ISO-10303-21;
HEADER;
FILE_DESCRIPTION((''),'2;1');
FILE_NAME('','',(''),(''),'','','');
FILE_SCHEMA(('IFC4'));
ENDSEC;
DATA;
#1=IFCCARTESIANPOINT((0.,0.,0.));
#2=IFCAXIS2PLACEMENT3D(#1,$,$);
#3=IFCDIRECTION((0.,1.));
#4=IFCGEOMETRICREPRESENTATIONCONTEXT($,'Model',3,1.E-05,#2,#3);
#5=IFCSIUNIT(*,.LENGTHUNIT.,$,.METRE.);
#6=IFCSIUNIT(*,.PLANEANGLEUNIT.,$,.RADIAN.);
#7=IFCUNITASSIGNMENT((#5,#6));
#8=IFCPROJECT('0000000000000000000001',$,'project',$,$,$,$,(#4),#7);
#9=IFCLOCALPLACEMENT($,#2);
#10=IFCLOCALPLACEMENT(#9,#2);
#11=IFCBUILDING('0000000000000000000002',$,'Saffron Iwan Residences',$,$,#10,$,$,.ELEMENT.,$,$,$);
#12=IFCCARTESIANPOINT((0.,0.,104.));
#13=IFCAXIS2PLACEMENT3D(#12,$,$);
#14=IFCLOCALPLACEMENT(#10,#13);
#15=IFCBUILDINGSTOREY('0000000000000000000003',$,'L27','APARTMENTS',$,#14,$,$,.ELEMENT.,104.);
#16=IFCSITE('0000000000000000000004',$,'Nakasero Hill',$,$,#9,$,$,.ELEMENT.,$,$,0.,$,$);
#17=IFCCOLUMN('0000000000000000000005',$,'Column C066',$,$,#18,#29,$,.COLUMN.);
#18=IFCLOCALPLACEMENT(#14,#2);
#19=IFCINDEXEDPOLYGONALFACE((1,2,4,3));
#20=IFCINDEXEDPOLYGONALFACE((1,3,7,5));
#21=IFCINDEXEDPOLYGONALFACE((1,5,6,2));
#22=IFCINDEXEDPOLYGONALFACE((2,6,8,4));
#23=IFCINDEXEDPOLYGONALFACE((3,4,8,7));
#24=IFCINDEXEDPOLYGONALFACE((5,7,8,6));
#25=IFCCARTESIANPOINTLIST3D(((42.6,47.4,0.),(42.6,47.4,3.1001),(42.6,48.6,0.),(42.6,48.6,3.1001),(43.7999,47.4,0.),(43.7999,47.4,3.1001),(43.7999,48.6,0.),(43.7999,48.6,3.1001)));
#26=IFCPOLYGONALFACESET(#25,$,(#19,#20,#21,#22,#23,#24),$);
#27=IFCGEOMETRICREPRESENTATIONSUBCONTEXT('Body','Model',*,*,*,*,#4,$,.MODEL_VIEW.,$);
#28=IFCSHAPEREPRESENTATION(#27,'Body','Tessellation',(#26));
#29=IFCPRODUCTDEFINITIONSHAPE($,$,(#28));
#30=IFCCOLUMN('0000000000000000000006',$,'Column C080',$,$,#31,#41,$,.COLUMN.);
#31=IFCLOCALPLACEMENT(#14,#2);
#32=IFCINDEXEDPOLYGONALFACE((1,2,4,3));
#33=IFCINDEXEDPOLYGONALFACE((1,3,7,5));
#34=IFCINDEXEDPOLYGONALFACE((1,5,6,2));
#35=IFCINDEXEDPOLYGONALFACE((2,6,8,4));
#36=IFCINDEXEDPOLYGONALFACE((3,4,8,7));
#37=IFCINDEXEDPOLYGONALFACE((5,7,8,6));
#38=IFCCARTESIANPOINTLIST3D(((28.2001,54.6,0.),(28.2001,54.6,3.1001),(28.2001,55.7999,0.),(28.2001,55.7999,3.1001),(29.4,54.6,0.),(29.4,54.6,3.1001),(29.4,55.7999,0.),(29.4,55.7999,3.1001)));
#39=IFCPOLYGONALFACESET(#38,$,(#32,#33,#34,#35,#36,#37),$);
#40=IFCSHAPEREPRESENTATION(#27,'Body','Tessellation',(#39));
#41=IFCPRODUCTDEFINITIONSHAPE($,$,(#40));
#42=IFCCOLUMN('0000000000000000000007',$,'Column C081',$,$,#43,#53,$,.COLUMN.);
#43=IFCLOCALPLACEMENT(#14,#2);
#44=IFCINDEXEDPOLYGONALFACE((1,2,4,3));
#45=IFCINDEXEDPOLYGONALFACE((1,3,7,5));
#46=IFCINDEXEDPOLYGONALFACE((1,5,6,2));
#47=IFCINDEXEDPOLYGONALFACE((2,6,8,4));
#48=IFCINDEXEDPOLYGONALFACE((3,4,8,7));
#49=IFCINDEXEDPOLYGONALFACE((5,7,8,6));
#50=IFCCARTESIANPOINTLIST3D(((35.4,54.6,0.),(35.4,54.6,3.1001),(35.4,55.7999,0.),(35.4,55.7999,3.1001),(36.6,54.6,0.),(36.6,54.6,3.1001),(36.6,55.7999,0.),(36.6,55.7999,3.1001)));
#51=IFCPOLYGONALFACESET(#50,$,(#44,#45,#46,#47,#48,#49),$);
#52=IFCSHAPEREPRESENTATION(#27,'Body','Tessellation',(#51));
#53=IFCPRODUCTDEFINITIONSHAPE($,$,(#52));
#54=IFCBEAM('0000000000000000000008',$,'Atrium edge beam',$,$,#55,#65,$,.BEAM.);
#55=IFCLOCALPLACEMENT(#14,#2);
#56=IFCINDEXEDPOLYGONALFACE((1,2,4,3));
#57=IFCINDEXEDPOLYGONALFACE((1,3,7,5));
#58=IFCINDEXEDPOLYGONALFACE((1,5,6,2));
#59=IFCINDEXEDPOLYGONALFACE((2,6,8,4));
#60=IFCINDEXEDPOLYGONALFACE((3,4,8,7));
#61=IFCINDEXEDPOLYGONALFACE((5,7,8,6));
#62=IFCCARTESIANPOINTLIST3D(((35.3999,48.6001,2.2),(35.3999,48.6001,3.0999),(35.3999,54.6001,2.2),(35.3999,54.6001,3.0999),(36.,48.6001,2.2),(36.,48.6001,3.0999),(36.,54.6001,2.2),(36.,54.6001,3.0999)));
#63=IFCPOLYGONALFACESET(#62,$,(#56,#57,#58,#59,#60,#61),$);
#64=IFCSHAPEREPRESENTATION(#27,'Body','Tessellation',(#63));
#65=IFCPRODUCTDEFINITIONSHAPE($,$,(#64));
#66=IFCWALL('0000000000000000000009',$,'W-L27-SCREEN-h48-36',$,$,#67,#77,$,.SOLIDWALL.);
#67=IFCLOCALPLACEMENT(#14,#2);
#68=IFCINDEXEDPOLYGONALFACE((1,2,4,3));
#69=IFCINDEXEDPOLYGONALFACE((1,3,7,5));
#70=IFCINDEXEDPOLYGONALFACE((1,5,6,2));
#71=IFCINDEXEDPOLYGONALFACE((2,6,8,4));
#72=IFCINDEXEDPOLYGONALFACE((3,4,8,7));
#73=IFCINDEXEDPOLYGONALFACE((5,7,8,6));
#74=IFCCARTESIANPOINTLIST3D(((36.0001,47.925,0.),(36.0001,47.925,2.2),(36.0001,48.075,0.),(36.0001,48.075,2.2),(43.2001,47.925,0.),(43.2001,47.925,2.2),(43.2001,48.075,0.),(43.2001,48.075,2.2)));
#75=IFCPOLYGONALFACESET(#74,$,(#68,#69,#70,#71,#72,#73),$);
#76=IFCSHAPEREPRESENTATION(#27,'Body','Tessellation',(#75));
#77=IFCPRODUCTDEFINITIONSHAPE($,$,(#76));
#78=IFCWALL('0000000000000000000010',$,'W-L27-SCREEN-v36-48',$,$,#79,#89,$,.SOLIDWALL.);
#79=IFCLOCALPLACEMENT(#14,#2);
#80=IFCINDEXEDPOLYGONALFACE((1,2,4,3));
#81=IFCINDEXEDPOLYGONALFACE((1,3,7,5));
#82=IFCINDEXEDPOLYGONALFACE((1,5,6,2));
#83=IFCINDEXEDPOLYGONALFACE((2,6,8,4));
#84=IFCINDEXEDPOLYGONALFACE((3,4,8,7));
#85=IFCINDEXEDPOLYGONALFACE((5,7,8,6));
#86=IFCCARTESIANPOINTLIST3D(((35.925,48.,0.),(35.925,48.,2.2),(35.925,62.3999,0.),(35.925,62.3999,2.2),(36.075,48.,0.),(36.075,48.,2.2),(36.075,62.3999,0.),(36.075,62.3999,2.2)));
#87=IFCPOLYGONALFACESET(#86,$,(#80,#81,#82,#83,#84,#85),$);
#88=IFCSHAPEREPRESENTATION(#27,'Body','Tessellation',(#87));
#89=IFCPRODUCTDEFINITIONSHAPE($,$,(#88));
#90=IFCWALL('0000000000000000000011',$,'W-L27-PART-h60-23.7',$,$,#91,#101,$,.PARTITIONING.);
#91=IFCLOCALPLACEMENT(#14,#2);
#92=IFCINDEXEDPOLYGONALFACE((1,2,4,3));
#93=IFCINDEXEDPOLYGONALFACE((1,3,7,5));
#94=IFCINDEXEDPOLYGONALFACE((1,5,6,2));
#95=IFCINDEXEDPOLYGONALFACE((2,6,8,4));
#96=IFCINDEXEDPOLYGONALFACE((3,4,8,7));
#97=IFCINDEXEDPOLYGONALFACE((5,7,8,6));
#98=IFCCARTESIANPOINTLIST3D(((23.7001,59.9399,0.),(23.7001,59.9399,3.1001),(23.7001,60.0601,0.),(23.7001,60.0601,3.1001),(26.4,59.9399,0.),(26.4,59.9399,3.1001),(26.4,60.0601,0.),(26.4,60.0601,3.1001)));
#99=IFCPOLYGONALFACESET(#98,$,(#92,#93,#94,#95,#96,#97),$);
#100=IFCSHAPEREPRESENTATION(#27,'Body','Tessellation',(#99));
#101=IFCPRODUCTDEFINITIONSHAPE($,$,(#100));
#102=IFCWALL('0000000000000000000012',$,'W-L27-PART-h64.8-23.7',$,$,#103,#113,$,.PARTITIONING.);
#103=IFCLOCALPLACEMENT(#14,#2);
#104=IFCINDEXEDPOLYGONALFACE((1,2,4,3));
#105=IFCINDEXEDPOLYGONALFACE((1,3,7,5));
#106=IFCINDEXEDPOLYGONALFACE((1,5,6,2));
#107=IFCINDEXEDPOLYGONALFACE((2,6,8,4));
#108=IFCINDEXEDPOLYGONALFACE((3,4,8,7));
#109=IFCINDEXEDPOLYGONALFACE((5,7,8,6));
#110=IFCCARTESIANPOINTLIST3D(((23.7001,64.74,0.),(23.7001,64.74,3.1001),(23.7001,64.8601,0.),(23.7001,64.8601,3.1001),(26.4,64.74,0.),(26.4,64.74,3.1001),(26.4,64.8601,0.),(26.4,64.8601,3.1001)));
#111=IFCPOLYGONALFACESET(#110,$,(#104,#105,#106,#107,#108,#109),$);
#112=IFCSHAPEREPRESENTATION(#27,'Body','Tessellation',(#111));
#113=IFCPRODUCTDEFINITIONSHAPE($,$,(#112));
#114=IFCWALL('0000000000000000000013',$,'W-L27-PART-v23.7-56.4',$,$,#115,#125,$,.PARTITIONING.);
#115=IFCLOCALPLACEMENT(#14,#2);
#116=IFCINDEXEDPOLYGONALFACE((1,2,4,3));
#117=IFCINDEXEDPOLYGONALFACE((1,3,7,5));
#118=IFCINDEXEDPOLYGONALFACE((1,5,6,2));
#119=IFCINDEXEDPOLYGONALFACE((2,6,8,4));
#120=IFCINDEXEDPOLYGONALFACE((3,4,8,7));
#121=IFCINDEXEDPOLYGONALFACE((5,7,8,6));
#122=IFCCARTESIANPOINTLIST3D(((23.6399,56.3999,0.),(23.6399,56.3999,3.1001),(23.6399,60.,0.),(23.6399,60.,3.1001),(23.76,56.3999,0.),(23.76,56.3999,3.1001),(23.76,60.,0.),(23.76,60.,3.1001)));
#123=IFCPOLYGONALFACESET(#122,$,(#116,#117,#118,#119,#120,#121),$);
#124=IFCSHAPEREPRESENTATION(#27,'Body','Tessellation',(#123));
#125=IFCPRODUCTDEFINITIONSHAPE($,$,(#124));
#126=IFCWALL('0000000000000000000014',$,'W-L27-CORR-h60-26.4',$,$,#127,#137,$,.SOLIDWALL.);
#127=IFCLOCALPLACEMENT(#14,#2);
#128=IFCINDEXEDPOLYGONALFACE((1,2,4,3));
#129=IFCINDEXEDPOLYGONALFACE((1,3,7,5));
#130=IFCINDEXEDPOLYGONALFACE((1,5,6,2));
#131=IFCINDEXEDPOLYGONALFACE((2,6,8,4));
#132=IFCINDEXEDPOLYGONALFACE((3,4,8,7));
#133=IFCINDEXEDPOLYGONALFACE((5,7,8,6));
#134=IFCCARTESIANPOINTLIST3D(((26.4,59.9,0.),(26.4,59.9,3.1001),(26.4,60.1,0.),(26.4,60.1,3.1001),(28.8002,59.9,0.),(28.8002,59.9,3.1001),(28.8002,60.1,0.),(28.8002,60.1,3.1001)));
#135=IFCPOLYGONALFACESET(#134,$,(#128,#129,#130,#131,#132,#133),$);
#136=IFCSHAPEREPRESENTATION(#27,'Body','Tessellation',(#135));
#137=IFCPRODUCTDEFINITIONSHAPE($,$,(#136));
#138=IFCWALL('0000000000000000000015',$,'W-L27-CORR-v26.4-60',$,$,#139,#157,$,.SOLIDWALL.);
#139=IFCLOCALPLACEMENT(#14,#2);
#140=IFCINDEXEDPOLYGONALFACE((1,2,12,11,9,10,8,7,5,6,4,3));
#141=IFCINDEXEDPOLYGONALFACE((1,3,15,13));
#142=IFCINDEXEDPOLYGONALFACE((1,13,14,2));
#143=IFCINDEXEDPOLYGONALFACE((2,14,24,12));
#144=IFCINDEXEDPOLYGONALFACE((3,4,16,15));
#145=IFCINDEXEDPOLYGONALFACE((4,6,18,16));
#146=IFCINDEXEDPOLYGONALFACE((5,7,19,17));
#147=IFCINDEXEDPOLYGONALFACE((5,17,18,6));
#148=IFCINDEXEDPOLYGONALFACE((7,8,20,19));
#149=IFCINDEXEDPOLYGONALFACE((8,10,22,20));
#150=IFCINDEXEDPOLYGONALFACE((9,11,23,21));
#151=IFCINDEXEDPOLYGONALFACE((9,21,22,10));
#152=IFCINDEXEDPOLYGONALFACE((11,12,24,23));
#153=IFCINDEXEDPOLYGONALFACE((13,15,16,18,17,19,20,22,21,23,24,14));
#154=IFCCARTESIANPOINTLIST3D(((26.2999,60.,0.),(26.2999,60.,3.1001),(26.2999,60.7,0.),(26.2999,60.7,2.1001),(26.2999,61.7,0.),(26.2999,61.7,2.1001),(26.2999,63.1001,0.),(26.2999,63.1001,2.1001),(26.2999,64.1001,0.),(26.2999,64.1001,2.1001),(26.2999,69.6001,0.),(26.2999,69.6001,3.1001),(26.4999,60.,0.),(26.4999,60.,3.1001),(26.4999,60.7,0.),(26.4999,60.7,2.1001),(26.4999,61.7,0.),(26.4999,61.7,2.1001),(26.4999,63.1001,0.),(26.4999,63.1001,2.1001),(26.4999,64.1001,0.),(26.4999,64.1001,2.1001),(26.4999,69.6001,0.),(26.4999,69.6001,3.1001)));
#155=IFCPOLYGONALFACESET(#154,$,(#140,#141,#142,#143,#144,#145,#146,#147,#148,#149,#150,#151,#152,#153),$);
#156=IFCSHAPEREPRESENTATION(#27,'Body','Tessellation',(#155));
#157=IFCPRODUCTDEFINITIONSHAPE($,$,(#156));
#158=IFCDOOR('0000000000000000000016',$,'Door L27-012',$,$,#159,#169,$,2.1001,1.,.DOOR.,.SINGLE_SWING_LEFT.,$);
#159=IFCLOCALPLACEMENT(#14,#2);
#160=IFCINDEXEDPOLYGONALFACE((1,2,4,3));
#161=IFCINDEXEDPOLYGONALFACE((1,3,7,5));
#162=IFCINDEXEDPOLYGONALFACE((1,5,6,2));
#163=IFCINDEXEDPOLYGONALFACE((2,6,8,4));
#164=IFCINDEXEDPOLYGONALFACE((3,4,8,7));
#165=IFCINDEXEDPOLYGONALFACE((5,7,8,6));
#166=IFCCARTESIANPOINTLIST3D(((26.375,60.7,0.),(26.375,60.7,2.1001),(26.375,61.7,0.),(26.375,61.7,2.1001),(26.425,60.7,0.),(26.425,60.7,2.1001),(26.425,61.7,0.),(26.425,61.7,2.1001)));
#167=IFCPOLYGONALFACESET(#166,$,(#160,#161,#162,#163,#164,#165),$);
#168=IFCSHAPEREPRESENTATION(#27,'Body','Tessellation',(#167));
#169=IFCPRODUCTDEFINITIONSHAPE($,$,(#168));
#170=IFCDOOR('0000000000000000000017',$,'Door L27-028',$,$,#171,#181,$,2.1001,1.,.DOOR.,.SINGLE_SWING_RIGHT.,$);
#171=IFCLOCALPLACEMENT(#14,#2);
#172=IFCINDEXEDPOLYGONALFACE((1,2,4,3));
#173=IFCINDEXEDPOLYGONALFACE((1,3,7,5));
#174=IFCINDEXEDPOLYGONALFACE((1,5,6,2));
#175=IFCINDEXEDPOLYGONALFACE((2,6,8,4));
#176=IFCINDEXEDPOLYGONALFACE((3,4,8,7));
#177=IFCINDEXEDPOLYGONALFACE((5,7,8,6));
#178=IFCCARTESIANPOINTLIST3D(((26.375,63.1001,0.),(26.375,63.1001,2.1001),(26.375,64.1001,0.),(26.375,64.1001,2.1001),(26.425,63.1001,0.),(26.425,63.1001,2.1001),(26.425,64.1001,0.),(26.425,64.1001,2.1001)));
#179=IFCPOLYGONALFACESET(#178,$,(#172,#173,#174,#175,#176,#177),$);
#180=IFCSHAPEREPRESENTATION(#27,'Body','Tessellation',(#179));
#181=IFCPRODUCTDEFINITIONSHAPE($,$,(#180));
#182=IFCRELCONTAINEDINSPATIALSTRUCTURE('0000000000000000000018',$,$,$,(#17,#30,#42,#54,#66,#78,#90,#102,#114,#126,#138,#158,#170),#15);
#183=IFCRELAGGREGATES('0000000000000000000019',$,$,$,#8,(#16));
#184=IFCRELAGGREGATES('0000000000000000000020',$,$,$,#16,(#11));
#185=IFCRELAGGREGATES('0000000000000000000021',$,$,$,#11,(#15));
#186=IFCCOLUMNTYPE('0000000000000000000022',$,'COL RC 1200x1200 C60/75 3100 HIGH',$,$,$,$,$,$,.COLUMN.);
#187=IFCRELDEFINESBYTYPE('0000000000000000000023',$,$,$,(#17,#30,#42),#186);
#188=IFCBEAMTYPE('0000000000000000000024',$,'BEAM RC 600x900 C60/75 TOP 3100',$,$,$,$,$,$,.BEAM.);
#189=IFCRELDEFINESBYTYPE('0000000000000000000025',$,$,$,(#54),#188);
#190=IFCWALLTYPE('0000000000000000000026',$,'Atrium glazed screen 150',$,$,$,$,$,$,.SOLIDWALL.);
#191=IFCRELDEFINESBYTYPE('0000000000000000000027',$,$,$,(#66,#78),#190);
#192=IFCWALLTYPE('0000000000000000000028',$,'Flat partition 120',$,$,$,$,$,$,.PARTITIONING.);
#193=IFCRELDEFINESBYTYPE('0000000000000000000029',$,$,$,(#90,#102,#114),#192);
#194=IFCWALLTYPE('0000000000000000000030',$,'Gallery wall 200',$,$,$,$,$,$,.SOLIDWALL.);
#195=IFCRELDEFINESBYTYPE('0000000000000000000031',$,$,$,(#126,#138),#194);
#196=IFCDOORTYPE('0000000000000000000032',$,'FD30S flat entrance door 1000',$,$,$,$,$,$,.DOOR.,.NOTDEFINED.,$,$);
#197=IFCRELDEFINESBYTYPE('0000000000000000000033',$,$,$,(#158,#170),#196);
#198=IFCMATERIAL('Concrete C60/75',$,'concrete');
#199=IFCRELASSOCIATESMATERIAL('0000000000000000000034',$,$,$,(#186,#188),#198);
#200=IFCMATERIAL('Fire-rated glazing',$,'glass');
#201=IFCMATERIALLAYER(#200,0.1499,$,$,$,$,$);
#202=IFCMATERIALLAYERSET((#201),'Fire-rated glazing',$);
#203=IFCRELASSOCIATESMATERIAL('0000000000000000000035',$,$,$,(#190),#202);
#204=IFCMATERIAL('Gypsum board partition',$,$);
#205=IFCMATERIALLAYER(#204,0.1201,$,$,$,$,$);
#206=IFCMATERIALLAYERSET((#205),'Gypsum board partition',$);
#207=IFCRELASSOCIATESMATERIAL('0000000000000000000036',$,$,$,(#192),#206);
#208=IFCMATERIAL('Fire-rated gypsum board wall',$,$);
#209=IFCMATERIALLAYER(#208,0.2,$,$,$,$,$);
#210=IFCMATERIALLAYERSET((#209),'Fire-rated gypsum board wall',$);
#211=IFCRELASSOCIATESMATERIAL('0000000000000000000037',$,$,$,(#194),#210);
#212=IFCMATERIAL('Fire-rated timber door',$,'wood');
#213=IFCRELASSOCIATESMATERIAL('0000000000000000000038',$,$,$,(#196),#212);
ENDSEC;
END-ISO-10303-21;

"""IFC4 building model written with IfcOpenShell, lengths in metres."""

from ifc_helpers import new_model, si_unit, direction, frame, frame_2d, origin, origin_2d, place, context, subcontext, project, spatial, rectangle, extrude, source, transform, mapped, material, layer, layer_set, material_profile, profile_set, type_object, element, fill, save


model = new_model("IFC4")

# Units and contexts
model_context = context("Model", 3, precision=1e-05, world=origin(), true_north=direction((0.0, 1.0)))
body_context = subcontext(model_context, "Body", "Model", "MODEL_VIEW")
ifc_project = project(units=[si_unit("LENGTHUNIT", "METRE"), si_unit("PLANEANGLEUNIT", "RADIAN")], contexts=[model_context])

# Site, building, storey
site_placement = place(None, origin())
site = spatial("IfcSite", under=ifc_project, at=site_placement, Name="Nakasero Hill", CompositionType="ELEMENT", RefElevation=0.0)
building_placement = place(site_placement, origin())
building = spatial("IfcBuilding", under=site, at=building_placement, Name="Saffron Iwan Residences", CompositionType="ELEMENT")
storey_placement = place(building_placement, frame((0.0, 0.0, 104.0)))
storey = spatial("IfcBuildingStorey", under=building, at=storey_placement, Name="L27", Description="APARTMENTS", CompositionType="ELEMENT", Elevation=104.0)

# Columns
ifc_material_1 = material(Name="Concrete C60/75", Category="concrete")
ifc_material_profile_1 = material_profile(ifc_material_1, rectangle(XDim=1.2, YDim=1.2, at=origin_2d()), Name="RC 1200x1200")
ifc_profile_set_1 = profile_set([ifc_material_profile_1], Name="Concrete C60/75")
column_type = type_object("IfcColumnType", Name="COL RC 1200x1200 C60/75 3100 HIGH", PredefinedType="COLUMN", material=ifc_profile_set_1)
shared_shape_1 = source(origin(), body_context, "Body", "SweptSolid", [
    extrude(rectangle(XDim=1.2, YDim=1.2, at=origin_2d()), origin(), (0.0, 0.0, 1.0), 3.1001),
])
for number, where, z_axis, x_axis, name in (
    (1, (43.2, 48.0, 0.0), (0.0, 0.0, 1.0), (1.0, 0.0, 0.0), "Column C066"),
    (2, (28.8, 55.2, 0.0), (0.0, 0.0, 1.0), (1.0, 0.0, 0.0), "Column C080"),
    (3, (36.0, 55.2, 0.0), (0.0, 0.0, 1.0), (1.0, 0.0, 0.0), "Column C081"),
):
    element("IfcColumn", number, at=place(storey_placement, frame(where, z_axis=z_axis, x_axis=x_axis)), inside=storey, type_object=column_type, Name=name, PredefinedType="COLUMN", context=body_context, shape_type="MappedRepresentation", body=[
        mapped(shared_shape_1, transform((0.0, 0.0, 0.0))),
    ])

# Beam
ifc_material_profile_2 = material_profile(ifc_material_1, rectangle(XDim=0.6001, YDim=0.8999, at=origin_2d()), Name="RC 600x900")
ifc_profile_set_2 = profile_set([ifc_material_profile_2], Name="Concrete C60/75")
beam_type = type_object("IfcBeamType", Name="BEAM RC 600x900 C60/75 TOP 3100", PredefinedType="BEAM", material=ifc_profile_set_2)
shared_shape_2 = source(origin(), body_context, "Body", "SweptSolid", [
    extrude(rectangle(XDim=0.6001, YDim=0.8999, at=origin_2d()), origin(), (0.0, 0.0, 1.0), 6.0),
])
beam_placement = place(storey_placement, frame((35.7, 48.6001, 2.6499), z_axis=(0.0, 1.0, 0.0), x_axis=(-1.0, 0.0, 0.0)))
element("IfcBeam", 4, at=beam_placement, inside=storey, type_object=beam_type, Name="Atrium edge beam", PredefinedType="BEAM", context=body_context, shape_type="MappedRepresentation", body=[
    mapped(shared_shape_2, transform((0.0, 0.0, 0.0))),
])

# Walls
ifc_material_2 = material(Name="Fire-rated glazing", Category="glass")
ifc_layer_1 = layer(ifc_material_2, 0.1499)
ifc_layer_set_1 = layer_set([ifc_layer_1], Name="Fire-rated glazing")
wall_type_1 = type_object("IfcWallType", Name="Atrium glazed screen 150", PredefinedType="SOLIDWALL", material=ifc_layer_set_1)
wall_1_placement = place(storey_placement, frame((36.0, 48.0, 0.0), z_axis=(0.0, 0.0, 1.0), x_axis=(1.0, 0.0, 0.0)))
element("IfcWall", 5, at=wall_1_placement, inside=storey, type_object=wall_type_1, Name="W-L27-SCREEN-h48-36", PredefinedType="SOLIDWALL", context=body_context, shape_type="SweptSolid", body=[
    extrude(rectangle(XDim=7.2, YDim=0.1499, at=frame_2d((3.6001, 0.0))), origin(), (0.0, 0.0, 1.0), 2.2),
])
wall_2_placement = place(storey_placement, frame((36.0, 48.0, 0.0), z_axis=(0.0, 0.0, 1.0), x_axis=(0.0, 1.0, 0.0)))
element("IfcWall", 6, at=wall_2_placement, inside=storey, type_object=wall_type_1, Name="W-L27-SCREEN-v36-48", PredefinedType="SOLIDWALL", context=body_context, shape_type="SweptSolid", body=[
    extrude(rectangle(XDim=14.3999, YDim=0.1499, at=frame_2d((7.2, 0.0))), origin(), (0.0, 0.0, 1.0), 2.2),
])
ifc_material_3 = material(Name="Gypsum board partition")
ifc_layer_2 = layer(ifc_material_3, 0.1201)
ifc_layer_set_2 = layer_set([ifc_layer_2], Name="Gypsum board partition")
wall_type_2 = type_object("IfcWallType", Name="Flat partition 120", PredefinedType="PARTITIONING", material=ifc_layer_set_2)
for number, where, z_axis, x_axis, name in (
    (7, (23.7, 60.0, 0.0), (0.0, 0.0, 1.0), (1.0, 0.0, 0.0), "W-L27-PART-h60-23.7"),
    (8, (23.7, 64.8, 0.0), (0.0, 0.0, 1.0), (1.0, 0.0, 0.0), "W-L27-PART-h64.8-23.7"),
):
    element("IfcWall", number, at=place(storey_placement, frame(where, z_axis=z_axis, x_axis=x_axis)), inside=storey, type_object=wall_type_2, Name=name, PredefinedType="PARTITIONING", context=body_context, shape_type="SweptSolid", body=[
        extrude(rectangle(XDim=2.7, YDim=0.1201, at=frame_2d((1.3501, 0.0))), origin(), (0.0, 0.0, 1.0), 3.1001),
    ])
wall_3_placement = place(storey_placement, frame((23.7, 56.3999, 0.0), z_axis=(0.0, 0.0, 1.0), x_axis=(0.0, 1.0, 0.0)))
element("IfcWall", 9, at=wall_3_placement, inside=storey, type_object=wall_type_2, Name="W-L27-PART-v23.7-56.4", PredefinedType="PARTITIONING", context=body_context, shape_type="SweptSolid", body=[
    extrude(rectangle(XDim=3.6001, YDim=0.1201, at=frame_2d((1.8, 0.0))), origin(), (0.0, 0.0, 1.0), 3.1001),
])
ifc_material_4 = material(Name="Fire-rated gypsum board wall")
ifc_layer_3 = layer(ifc_material_4, 0.2)
ifc_layer_set_3 = layer_set([ifc_layer_3], Name="Fire-rated gypsum board wall")
wall_type_3 = type_object("IfcWallType", Name="Gallery wall 200", PredefinedType="SOLIDWALL", material=ifc_layer_set_3)
wall_4_placement = place(storey_placement, frame((26.3999, 60.0, 0.0), z_axis=(0.0, 0.0, 1.0), x_axis=(1.0, 0.0, 0.0)))
element("IfcWall", 10, at=wall_4_placement, inside=storey, type_object=wall_type_3, Name="W-L27-CORR-h60-26.4", PredefinedType="SOLIDWALL", context=body_context, shape_type="SweptSolid", body=[
    extrude(rectangle(XDim=2.4001, YDim=0.2, at=frame_2d((1.2002, 0.0))), origin(), (0.0, 0.0, 1.0), 3.1001),
])

# Wall, openings, doors
wall_5_placement = place(storey_placement, frame((26.3999, 60.0, 0.0), z_axis=(0.0, 0.0, 1.0), x_axis=(0.0, 1.0, 0.0)))
wall_5 = element("IfcWall", 11, at=wall_5_placement, inside=storey, type_object=wall_type_3, Name="W-L27-CORR-v26.4-60", PredefinedType="SOLIDWALL", context=body_context, shape_type="SweptSolid", body=[
    extrude(rectangle(XDim=9.6001, YDim=0.2, at=frame_2d((4.8, 0.0))), origin(), (0.0, 0.0, 1.0), 3.1001),
])
opening_1_placement = place(wall_5_placement, frame((0.7, 0.0, 0.0)))
opening_1 = element("IfcOpeningElement", 12, at=opening_1_placement, cuts=wall_5, PredefinedType="OPENING", context=body_context, shape_type="SweptSolid", body=[
    extrude(rectangle(XDim=1.0, YDim=2.1001, at=frame_2d((0.5, 1.05))), frame((0.0, 0.1099, 0.0), z_axis=(0.0, -1.0, 0.0), x_axis=(1.0, 0.0, 0.0)), (0.0, 0.0, 1.0), 0.22),
])
opening_2_placement = place(wall_5_placement, frame((3.1001, 0.0, 0.0)))
opening_2 = element("IfcOpeningElement", 13, at=opening_2_placement, cuts=wall_5, PredefinedType="OPENING", context=body_context, shape_type="SweptSolid", body=[
    extrude(rectangle(XDim=1.0, YDim=2.1001, at=frame_2d((0.5, 1.05))), frame((0.0, 0.1099, 0.0), z_axis=(0.0, -1.0, 0.0), x_axis=(1.0, 0.0, 0.0)), (0.0, 0.0, 1.0), 0.22),
])
ifc_material_5 = material(Name="Fire-rated timber door", Category="wood")
door_type = type_object("IfcDoorType", Name="FD30S flat entrance door 1000", OperationType="NOTDEFINED", PredefinedType="DOOR", material=ifc_material_5)
door_1_placement = place(opening_1_placement, origin())
door_1 = element("IfcDoor", 14, at=door_1_placement, inside=storey, type_object=door_type, Name="Door L27-012", OperationType="SINGLE_SWING_LEFT", OverallHeight=2.1001, OverallWidth=1.0, PredefinedType="DOOR", context=body_context, shape_type="SweptSolid", body=[
    extrude(rectangle(XDim=1.0, YDim=2.1001, at=frame_2d((0.5, 1.05))), frame((0.0, 0.0249, 0.0), z_axis=(0.0, -1.0, 0.0), x_axis=(1.0, 0.0, 0.0)), (0.0, 0.0, 1.0), 0.05),
])
fill(opening_1, door_1)
door_2_placement = place(opening_2_placement, origin())
door_2 = element("IfcDoor", 15, at=door_2_placement, inside=storey, type_object=door_type, Name="Door L27-028", OperationType="SINGLE_SWING_RIGHT", OverallHeight=2.1001, OverallWidth=1.0, PredefinedType="DOOR", context=body_context, shape_type="SweptSolid", body=[
    extrude(rectangle(XDim=1.0, YDim=2.1001, at=frame_2d((0.5, 1.05))), frame((0.0, 0.0249, 0.0), z_axis=(0.0, -1.0, 0.0), x_axis=(1.0, 0.0, 0.0)), (0.0, 0.0, 1.0), 0.05),
])
fill(opening_2, door_2)

save(model, "model.ifc")
